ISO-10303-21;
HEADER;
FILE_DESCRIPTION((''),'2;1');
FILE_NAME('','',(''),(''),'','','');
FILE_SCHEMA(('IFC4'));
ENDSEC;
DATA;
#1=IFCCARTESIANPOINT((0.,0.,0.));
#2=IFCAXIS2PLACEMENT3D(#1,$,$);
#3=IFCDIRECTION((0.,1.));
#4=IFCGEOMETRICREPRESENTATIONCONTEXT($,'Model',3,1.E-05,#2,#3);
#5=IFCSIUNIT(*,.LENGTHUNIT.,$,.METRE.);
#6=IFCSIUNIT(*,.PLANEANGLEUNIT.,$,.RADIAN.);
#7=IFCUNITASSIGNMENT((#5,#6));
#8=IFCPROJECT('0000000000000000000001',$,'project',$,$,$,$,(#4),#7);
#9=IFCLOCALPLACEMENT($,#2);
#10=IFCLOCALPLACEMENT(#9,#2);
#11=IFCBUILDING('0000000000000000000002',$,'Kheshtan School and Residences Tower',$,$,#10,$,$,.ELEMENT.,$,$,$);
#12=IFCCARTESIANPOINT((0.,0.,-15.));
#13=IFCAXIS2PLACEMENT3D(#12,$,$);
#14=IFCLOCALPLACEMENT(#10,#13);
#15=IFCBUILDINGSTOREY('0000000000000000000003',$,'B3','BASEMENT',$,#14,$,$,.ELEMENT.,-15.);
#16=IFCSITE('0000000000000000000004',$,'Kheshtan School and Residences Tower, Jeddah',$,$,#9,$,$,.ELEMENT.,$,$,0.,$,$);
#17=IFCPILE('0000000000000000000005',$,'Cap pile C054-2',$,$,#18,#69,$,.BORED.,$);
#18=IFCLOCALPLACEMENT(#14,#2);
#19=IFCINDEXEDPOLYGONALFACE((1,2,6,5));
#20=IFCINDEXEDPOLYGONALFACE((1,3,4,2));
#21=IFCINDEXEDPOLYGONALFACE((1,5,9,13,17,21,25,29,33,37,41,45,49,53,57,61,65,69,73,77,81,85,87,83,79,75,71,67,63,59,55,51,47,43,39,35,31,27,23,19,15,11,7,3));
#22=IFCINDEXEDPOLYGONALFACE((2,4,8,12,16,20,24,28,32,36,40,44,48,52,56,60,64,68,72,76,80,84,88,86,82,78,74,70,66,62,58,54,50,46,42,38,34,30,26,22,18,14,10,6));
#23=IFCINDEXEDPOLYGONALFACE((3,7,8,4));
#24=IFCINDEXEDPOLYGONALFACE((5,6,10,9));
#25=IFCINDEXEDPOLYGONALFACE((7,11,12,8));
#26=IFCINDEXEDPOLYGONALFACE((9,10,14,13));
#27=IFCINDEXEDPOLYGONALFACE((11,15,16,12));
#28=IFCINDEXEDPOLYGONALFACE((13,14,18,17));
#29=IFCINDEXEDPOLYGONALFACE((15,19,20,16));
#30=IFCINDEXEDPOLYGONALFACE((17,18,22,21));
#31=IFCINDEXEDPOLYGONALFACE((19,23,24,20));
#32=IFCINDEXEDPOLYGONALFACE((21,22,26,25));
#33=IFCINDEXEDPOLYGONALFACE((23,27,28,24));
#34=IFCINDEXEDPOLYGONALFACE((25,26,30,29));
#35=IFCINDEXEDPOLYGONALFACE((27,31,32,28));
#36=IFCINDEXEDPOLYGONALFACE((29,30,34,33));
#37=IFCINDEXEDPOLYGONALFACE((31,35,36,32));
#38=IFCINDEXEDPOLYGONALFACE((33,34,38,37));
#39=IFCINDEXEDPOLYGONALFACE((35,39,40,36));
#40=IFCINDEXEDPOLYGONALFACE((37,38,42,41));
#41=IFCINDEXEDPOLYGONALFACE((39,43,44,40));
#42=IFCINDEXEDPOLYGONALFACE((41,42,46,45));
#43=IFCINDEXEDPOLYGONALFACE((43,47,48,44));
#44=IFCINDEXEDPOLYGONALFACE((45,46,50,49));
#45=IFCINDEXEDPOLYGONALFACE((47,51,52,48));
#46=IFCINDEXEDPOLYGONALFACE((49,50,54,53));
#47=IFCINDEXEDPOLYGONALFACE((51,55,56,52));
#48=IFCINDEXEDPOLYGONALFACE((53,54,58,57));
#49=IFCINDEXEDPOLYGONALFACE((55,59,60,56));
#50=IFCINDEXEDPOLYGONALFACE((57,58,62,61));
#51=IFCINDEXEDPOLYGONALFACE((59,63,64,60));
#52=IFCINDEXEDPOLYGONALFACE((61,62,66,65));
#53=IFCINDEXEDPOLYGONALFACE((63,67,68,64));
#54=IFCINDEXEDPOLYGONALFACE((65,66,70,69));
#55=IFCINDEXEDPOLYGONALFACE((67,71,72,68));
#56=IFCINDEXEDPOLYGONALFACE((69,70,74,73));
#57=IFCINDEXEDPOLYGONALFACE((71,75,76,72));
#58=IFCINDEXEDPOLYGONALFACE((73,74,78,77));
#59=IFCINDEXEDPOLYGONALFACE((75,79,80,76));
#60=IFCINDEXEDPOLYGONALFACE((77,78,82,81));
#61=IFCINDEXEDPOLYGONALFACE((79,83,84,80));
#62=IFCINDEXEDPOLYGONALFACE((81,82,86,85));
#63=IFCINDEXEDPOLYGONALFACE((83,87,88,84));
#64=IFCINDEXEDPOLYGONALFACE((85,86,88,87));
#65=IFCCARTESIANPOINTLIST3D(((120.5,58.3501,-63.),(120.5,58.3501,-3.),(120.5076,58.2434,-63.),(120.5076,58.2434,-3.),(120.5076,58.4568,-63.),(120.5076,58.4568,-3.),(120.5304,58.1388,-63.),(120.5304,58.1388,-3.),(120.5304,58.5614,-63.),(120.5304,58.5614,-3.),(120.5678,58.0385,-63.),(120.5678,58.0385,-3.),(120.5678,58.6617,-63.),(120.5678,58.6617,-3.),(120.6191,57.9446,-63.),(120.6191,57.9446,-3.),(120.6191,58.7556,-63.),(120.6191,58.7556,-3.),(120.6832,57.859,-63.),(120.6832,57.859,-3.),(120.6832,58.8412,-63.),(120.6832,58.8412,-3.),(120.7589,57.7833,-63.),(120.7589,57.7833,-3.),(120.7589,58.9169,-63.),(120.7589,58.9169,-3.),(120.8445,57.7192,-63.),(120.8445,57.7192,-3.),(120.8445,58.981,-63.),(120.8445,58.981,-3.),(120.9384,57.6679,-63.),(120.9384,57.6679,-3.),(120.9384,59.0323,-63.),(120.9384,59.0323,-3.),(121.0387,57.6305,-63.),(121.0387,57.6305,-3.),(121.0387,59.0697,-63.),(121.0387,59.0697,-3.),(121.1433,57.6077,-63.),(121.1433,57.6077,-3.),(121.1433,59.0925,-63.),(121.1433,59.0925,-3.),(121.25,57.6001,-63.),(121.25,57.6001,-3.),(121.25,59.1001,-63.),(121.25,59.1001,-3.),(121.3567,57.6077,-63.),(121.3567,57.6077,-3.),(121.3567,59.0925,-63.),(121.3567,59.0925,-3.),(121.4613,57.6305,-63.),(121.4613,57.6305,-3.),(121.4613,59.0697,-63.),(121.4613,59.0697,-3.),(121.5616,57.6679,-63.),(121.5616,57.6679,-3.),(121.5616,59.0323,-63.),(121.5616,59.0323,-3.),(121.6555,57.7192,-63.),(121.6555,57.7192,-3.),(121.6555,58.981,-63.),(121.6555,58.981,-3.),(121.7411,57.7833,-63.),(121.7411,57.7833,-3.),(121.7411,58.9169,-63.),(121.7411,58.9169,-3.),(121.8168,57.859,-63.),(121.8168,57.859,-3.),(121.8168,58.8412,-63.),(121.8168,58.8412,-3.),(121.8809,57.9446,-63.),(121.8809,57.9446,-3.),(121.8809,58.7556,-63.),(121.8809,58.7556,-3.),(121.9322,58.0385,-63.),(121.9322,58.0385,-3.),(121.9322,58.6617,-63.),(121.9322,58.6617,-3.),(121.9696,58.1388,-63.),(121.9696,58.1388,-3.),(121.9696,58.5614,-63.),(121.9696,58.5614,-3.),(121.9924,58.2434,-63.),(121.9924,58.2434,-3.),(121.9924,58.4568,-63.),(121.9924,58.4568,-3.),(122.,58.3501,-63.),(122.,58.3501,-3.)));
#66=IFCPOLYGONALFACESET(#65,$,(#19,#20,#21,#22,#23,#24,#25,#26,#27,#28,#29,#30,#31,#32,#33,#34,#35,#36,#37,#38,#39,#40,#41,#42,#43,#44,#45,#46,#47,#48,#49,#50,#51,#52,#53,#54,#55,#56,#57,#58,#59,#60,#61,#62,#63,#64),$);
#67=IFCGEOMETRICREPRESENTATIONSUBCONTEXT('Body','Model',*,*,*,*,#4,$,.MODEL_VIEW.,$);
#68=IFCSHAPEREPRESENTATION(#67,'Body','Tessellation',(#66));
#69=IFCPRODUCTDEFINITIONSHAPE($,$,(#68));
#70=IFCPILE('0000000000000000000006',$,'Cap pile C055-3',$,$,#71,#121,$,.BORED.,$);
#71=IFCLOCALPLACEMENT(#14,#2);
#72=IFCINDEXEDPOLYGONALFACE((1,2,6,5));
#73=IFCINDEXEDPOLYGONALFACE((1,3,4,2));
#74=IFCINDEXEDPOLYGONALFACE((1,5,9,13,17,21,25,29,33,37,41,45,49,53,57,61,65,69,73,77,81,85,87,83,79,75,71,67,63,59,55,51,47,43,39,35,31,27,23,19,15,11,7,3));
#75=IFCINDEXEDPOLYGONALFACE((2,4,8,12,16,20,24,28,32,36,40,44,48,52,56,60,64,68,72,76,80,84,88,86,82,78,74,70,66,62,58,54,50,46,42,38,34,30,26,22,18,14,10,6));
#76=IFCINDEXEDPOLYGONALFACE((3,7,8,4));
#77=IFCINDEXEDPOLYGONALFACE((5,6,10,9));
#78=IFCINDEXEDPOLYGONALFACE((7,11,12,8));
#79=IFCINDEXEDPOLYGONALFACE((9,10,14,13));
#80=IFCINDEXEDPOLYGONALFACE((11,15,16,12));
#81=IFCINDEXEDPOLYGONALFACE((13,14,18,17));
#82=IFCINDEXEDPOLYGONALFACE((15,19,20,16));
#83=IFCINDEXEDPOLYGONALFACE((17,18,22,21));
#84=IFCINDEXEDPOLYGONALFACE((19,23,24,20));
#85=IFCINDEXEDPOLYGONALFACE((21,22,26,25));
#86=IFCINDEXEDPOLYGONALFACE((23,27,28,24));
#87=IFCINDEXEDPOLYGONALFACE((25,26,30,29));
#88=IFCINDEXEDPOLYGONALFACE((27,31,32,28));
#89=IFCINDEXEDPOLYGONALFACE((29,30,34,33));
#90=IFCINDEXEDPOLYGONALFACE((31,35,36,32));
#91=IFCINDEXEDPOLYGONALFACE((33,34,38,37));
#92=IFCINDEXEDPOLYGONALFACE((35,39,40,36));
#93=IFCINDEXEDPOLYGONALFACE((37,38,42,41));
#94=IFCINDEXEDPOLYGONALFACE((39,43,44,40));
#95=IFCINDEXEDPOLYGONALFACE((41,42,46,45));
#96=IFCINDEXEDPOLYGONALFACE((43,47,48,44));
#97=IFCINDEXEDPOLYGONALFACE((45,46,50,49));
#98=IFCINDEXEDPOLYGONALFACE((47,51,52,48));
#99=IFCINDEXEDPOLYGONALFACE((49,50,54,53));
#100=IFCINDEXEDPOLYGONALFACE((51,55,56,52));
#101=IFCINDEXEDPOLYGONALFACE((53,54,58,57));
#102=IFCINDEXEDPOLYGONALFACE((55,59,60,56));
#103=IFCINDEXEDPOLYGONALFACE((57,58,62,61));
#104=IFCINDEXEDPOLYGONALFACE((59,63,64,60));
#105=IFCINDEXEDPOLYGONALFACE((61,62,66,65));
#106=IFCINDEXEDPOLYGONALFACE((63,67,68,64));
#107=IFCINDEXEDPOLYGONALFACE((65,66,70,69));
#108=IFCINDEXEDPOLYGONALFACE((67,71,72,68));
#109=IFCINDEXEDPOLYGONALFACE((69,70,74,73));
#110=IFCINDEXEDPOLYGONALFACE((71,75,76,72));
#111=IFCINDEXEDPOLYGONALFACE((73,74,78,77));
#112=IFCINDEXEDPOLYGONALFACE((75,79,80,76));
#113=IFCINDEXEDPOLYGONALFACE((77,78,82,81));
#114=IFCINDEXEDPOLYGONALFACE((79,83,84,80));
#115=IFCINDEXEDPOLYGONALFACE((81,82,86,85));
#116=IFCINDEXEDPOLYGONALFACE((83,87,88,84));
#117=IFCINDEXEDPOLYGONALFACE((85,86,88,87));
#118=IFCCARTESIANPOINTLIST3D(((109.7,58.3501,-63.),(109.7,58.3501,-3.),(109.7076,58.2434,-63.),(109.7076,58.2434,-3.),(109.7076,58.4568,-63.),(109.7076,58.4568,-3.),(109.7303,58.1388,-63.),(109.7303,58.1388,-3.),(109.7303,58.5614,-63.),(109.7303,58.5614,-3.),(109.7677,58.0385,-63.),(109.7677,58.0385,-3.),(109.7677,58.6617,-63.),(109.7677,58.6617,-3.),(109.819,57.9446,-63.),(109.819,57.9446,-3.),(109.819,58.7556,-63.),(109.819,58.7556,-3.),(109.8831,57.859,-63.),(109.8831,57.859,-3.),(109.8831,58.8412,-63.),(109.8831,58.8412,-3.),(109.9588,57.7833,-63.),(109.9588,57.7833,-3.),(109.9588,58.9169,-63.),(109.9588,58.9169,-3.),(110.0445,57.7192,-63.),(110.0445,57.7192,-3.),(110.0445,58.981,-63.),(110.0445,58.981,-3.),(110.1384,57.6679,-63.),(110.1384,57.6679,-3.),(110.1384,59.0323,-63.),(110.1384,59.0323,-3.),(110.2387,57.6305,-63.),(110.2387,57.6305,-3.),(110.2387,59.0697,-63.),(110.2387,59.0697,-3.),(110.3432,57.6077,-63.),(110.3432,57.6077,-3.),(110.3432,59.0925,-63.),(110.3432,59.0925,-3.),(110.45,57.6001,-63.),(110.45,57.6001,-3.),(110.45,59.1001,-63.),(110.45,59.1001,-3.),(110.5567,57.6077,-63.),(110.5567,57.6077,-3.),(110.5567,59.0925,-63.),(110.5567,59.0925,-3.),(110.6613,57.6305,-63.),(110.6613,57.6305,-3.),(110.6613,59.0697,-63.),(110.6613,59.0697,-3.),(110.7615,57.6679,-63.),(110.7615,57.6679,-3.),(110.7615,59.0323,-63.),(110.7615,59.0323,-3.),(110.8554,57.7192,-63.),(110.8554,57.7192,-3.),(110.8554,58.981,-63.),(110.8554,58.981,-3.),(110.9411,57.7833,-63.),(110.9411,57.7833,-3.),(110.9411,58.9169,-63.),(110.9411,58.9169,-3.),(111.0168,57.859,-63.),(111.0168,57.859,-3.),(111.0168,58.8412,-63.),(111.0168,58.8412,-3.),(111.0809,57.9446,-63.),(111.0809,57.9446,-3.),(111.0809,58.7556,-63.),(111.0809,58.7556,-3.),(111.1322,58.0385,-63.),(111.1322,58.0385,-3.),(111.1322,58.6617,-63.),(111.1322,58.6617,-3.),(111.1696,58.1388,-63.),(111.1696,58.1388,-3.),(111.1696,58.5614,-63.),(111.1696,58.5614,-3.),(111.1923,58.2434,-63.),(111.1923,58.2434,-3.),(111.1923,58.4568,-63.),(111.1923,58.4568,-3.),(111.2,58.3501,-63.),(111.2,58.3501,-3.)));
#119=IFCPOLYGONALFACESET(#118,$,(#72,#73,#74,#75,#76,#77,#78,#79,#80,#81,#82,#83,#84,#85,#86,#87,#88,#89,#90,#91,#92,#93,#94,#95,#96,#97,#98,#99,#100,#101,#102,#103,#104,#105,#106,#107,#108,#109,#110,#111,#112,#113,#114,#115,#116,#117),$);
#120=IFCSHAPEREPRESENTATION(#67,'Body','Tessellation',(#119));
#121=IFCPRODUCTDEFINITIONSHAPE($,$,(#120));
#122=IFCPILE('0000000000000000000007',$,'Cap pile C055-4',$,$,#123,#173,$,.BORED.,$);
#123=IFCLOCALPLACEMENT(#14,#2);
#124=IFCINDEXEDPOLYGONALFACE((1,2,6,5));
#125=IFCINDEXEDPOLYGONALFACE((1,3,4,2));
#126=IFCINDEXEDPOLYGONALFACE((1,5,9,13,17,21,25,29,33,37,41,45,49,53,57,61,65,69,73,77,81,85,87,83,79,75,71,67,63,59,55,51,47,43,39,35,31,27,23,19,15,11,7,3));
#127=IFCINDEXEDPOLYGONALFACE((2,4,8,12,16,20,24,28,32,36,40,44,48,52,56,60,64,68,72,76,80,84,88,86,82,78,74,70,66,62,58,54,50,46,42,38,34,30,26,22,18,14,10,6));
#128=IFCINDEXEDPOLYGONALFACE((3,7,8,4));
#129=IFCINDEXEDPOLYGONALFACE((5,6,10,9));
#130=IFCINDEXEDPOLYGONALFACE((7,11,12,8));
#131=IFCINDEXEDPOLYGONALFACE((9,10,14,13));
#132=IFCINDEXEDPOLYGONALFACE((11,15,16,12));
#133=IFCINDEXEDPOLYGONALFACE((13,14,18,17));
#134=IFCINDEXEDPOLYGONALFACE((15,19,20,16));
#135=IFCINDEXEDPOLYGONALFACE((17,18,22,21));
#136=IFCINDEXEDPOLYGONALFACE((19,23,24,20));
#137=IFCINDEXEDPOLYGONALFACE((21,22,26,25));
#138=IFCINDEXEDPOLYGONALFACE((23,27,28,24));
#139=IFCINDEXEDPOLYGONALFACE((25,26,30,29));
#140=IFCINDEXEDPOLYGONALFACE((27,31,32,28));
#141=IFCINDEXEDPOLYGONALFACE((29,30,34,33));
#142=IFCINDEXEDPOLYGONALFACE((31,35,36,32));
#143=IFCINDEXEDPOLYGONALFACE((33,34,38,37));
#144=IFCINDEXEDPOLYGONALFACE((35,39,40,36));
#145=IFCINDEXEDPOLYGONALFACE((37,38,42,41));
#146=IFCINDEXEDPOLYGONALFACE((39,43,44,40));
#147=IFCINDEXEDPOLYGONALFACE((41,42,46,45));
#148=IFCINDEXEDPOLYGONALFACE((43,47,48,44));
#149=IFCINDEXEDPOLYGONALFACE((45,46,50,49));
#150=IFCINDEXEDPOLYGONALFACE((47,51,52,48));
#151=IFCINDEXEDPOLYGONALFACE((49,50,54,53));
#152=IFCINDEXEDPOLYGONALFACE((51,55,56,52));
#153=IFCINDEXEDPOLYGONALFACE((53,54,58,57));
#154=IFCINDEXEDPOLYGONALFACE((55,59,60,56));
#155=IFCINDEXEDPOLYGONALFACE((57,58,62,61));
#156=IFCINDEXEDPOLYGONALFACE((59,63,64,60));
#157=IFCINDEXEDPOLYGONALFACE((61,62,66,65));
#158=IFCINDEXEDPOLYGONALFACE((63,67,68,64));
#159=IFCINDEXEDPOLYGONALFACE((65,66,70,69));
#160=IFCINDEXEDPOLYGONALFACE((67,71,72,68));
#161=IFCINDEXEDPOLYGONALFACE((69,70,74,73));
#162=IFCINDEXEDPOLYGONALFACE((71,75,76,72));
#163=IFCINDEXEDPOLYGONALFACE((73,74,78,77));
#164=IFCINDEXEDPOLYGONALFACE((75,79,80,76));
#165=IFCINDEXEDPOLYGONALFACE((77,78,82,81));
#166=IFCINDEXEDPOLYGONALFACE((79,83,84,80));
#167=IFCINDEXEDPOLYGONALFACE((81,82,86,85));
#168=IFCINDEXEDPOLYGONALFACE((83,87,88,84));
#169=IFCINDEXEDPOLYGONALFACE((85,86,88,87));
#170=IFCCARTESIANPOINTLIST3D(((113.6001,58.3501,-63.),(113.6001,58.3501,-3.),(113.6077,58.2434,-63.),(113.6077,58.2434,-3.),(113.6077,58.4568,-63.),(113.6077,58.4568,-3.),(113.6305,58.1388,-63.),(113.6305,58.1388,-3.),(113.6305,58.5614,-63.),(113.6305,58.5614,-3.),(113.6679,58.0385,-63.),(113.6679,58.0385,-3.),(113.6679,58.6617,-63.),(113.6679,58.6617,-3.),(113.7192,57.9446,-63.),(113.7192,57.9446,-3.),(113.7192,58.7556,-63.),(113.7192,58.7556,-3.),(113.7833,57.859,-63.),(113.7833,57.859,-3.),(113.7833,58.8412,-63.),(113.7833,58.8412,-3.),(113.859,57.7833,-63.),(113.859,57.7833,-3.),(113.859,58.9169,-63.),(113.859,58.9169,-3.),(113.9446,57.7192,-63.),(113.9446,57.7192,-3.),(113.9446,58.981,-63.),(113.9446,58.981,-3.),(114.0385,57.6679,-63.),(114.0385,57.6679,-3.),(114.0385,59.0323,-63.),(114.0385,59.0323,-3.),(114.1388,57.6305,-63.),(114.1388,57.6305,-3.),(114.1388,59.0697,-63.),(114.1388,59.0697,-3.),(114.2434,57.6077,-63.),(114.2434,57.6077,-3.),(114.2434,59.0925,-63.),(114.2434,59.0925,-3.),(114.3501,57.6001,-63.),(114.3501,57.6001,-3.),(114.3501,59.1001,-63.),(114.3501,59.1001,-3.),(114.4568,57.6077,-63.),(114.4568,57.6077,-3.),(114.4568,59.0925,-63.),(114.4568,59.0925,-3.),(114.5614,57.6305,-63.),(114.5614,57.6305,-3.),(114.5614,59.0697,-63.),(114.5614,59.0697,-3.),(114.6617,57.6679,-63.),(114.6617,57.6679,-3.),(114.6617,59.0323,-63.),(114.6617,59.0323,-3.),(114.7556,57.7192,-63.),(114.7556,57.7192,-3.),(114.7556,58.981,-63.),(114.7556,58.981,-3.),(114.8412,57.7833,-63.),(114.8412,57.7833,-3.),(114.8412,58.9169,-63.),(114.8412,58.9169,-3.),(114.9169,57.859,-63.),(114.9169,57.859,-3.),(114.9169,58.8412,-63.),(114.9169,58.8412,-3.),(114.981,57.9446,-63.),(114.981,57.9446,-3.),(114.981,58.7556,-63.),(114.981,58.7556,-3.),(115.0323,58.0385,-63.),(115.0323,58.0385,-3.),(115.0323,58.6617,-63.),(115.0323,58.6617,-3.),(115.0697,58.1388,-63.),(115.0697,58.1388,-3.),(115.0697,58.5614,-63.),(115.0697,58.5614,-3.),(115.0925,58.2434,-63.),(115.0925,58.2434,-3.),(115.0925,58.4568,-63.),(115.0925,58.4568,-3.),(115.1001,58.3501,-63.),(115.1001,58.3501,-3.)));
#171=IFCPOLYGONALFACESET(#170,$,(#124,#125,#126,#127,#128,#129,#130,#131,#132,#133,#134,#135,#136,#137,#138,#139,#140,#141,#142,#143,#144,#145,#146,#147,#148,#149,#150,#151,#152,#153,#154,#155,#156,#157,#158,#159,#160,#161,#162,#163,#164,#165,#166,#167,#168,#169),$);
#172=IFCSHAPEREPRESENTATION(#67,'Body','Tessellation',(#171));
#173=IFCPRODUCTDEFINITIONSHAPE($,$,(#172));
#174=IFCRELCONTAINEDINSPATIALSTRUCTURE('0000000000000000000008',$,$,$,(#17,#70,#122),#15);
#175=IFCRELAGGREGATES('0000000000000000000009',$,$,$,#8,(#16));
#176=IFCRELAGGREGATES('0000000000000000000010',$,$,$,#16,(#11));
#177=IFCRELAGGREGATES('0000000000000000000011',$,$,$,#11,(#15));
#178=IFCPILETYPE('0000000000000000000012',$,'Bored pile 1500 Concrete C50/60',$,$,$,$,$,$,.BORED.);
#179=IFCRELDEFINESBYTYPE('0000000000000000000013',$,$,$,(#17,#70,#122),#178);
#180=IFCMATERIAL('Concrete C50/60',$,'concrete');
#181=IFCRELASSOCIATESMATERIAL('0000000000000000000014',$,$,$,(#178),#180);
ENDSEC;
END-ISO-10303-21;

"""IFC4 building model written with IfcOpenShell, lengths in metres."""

from ifc_helpers import new_model, si_unit, direction, frame, origin, origin_2d, place, context, subcontext, project, spatial, circle, extrude, material, material_profile, profile_set, type_object, element, save


model = new_model("IFC4")

# Units and contexts
model_context = context("Model", 3, precision=1e-05, world=origin(), true_north=direction((0.0, 1.0)))
body_context = subcontext(model_context, "Body", "Model", "MODEL_VIEW")
ifc_project = project(units=[si_unit("LENGTHUNIT", "METRE"), si_unit("PLANEANGLEUNIT", "RADIAN")], contexts=[model_context])

# Site, building, storey
site_placement = place(None, origin())
site = spatial("IfcSite", under=ifc_project, at=site_placement, Name="Kheshtan School and Residences Tower, Jeddah", CompositionType="ELEMENT", RefElevation=0.0)
building_placement = place(site_placement, origin())
building = spatial("IfcBuilding", under=site, at=building_placement, Name="Kheshtan School and Residences Tower", CompositionType="ELEMENT")
storey_placement = place(building_placement, frame((0.0, 0.0, -15.0)))
storey = spatial("IfcBuildingStorey", under=building, at=storey_placement, Name="B3", Description="BASEMENT", CompositionType="ELEMENT", Elevation=-15.0)

# Piles
ifc_material_1 = material(Name="Concrete C50/60", Category="concrete")
ifc_material_profile_1 = material_profile(ifc_material_1, circle(Radius=0.75, at=origin_2d()), Name="BP 1500")
ifc_profile_set_1 = profile_set([ifc_material_profile_1], Name="Concrete C50/60")
pile_type = type_object("IfcPileType", Name="Bored pile 1500 Concrete C50/60", PredefinedType="BORED", material=ifc_profile_set_1)
for number, where, z_axis, x_axis, name in (
    (1, (121.25, 58.3501, -3.0), (0.0, 0.0, -1.0), (1.0, 0.0, 0.0), "Cap pile C054-2"),
    (2, (110.45, 58.3501, -3.0), (0.0, 0.0, -1.0), (1.0, 0.0, 0.0), "Cap pile C055-3"),
    (3, (114.3501, 58.3501, -3.0), (0.0, 0.0, -1.0), (1.0, 0.0, 0.0), "Cap pile C055-4"),
):
    element("IfcPile", number, at=place(storey_placement, frame(where, z_axis=z_axis, x_axis=x_axis)), inside=storey, type_object=pile_type, Name=name, PredefinedType="BORED", context=body_context, shape_type="SweptSolid", body=[
        extrude(circle(Radius=0.75, at=origin_2d()), origin(), (0.0, 0.0, 1.0), 60.0),
    ])

save(model, "model.ifc")
